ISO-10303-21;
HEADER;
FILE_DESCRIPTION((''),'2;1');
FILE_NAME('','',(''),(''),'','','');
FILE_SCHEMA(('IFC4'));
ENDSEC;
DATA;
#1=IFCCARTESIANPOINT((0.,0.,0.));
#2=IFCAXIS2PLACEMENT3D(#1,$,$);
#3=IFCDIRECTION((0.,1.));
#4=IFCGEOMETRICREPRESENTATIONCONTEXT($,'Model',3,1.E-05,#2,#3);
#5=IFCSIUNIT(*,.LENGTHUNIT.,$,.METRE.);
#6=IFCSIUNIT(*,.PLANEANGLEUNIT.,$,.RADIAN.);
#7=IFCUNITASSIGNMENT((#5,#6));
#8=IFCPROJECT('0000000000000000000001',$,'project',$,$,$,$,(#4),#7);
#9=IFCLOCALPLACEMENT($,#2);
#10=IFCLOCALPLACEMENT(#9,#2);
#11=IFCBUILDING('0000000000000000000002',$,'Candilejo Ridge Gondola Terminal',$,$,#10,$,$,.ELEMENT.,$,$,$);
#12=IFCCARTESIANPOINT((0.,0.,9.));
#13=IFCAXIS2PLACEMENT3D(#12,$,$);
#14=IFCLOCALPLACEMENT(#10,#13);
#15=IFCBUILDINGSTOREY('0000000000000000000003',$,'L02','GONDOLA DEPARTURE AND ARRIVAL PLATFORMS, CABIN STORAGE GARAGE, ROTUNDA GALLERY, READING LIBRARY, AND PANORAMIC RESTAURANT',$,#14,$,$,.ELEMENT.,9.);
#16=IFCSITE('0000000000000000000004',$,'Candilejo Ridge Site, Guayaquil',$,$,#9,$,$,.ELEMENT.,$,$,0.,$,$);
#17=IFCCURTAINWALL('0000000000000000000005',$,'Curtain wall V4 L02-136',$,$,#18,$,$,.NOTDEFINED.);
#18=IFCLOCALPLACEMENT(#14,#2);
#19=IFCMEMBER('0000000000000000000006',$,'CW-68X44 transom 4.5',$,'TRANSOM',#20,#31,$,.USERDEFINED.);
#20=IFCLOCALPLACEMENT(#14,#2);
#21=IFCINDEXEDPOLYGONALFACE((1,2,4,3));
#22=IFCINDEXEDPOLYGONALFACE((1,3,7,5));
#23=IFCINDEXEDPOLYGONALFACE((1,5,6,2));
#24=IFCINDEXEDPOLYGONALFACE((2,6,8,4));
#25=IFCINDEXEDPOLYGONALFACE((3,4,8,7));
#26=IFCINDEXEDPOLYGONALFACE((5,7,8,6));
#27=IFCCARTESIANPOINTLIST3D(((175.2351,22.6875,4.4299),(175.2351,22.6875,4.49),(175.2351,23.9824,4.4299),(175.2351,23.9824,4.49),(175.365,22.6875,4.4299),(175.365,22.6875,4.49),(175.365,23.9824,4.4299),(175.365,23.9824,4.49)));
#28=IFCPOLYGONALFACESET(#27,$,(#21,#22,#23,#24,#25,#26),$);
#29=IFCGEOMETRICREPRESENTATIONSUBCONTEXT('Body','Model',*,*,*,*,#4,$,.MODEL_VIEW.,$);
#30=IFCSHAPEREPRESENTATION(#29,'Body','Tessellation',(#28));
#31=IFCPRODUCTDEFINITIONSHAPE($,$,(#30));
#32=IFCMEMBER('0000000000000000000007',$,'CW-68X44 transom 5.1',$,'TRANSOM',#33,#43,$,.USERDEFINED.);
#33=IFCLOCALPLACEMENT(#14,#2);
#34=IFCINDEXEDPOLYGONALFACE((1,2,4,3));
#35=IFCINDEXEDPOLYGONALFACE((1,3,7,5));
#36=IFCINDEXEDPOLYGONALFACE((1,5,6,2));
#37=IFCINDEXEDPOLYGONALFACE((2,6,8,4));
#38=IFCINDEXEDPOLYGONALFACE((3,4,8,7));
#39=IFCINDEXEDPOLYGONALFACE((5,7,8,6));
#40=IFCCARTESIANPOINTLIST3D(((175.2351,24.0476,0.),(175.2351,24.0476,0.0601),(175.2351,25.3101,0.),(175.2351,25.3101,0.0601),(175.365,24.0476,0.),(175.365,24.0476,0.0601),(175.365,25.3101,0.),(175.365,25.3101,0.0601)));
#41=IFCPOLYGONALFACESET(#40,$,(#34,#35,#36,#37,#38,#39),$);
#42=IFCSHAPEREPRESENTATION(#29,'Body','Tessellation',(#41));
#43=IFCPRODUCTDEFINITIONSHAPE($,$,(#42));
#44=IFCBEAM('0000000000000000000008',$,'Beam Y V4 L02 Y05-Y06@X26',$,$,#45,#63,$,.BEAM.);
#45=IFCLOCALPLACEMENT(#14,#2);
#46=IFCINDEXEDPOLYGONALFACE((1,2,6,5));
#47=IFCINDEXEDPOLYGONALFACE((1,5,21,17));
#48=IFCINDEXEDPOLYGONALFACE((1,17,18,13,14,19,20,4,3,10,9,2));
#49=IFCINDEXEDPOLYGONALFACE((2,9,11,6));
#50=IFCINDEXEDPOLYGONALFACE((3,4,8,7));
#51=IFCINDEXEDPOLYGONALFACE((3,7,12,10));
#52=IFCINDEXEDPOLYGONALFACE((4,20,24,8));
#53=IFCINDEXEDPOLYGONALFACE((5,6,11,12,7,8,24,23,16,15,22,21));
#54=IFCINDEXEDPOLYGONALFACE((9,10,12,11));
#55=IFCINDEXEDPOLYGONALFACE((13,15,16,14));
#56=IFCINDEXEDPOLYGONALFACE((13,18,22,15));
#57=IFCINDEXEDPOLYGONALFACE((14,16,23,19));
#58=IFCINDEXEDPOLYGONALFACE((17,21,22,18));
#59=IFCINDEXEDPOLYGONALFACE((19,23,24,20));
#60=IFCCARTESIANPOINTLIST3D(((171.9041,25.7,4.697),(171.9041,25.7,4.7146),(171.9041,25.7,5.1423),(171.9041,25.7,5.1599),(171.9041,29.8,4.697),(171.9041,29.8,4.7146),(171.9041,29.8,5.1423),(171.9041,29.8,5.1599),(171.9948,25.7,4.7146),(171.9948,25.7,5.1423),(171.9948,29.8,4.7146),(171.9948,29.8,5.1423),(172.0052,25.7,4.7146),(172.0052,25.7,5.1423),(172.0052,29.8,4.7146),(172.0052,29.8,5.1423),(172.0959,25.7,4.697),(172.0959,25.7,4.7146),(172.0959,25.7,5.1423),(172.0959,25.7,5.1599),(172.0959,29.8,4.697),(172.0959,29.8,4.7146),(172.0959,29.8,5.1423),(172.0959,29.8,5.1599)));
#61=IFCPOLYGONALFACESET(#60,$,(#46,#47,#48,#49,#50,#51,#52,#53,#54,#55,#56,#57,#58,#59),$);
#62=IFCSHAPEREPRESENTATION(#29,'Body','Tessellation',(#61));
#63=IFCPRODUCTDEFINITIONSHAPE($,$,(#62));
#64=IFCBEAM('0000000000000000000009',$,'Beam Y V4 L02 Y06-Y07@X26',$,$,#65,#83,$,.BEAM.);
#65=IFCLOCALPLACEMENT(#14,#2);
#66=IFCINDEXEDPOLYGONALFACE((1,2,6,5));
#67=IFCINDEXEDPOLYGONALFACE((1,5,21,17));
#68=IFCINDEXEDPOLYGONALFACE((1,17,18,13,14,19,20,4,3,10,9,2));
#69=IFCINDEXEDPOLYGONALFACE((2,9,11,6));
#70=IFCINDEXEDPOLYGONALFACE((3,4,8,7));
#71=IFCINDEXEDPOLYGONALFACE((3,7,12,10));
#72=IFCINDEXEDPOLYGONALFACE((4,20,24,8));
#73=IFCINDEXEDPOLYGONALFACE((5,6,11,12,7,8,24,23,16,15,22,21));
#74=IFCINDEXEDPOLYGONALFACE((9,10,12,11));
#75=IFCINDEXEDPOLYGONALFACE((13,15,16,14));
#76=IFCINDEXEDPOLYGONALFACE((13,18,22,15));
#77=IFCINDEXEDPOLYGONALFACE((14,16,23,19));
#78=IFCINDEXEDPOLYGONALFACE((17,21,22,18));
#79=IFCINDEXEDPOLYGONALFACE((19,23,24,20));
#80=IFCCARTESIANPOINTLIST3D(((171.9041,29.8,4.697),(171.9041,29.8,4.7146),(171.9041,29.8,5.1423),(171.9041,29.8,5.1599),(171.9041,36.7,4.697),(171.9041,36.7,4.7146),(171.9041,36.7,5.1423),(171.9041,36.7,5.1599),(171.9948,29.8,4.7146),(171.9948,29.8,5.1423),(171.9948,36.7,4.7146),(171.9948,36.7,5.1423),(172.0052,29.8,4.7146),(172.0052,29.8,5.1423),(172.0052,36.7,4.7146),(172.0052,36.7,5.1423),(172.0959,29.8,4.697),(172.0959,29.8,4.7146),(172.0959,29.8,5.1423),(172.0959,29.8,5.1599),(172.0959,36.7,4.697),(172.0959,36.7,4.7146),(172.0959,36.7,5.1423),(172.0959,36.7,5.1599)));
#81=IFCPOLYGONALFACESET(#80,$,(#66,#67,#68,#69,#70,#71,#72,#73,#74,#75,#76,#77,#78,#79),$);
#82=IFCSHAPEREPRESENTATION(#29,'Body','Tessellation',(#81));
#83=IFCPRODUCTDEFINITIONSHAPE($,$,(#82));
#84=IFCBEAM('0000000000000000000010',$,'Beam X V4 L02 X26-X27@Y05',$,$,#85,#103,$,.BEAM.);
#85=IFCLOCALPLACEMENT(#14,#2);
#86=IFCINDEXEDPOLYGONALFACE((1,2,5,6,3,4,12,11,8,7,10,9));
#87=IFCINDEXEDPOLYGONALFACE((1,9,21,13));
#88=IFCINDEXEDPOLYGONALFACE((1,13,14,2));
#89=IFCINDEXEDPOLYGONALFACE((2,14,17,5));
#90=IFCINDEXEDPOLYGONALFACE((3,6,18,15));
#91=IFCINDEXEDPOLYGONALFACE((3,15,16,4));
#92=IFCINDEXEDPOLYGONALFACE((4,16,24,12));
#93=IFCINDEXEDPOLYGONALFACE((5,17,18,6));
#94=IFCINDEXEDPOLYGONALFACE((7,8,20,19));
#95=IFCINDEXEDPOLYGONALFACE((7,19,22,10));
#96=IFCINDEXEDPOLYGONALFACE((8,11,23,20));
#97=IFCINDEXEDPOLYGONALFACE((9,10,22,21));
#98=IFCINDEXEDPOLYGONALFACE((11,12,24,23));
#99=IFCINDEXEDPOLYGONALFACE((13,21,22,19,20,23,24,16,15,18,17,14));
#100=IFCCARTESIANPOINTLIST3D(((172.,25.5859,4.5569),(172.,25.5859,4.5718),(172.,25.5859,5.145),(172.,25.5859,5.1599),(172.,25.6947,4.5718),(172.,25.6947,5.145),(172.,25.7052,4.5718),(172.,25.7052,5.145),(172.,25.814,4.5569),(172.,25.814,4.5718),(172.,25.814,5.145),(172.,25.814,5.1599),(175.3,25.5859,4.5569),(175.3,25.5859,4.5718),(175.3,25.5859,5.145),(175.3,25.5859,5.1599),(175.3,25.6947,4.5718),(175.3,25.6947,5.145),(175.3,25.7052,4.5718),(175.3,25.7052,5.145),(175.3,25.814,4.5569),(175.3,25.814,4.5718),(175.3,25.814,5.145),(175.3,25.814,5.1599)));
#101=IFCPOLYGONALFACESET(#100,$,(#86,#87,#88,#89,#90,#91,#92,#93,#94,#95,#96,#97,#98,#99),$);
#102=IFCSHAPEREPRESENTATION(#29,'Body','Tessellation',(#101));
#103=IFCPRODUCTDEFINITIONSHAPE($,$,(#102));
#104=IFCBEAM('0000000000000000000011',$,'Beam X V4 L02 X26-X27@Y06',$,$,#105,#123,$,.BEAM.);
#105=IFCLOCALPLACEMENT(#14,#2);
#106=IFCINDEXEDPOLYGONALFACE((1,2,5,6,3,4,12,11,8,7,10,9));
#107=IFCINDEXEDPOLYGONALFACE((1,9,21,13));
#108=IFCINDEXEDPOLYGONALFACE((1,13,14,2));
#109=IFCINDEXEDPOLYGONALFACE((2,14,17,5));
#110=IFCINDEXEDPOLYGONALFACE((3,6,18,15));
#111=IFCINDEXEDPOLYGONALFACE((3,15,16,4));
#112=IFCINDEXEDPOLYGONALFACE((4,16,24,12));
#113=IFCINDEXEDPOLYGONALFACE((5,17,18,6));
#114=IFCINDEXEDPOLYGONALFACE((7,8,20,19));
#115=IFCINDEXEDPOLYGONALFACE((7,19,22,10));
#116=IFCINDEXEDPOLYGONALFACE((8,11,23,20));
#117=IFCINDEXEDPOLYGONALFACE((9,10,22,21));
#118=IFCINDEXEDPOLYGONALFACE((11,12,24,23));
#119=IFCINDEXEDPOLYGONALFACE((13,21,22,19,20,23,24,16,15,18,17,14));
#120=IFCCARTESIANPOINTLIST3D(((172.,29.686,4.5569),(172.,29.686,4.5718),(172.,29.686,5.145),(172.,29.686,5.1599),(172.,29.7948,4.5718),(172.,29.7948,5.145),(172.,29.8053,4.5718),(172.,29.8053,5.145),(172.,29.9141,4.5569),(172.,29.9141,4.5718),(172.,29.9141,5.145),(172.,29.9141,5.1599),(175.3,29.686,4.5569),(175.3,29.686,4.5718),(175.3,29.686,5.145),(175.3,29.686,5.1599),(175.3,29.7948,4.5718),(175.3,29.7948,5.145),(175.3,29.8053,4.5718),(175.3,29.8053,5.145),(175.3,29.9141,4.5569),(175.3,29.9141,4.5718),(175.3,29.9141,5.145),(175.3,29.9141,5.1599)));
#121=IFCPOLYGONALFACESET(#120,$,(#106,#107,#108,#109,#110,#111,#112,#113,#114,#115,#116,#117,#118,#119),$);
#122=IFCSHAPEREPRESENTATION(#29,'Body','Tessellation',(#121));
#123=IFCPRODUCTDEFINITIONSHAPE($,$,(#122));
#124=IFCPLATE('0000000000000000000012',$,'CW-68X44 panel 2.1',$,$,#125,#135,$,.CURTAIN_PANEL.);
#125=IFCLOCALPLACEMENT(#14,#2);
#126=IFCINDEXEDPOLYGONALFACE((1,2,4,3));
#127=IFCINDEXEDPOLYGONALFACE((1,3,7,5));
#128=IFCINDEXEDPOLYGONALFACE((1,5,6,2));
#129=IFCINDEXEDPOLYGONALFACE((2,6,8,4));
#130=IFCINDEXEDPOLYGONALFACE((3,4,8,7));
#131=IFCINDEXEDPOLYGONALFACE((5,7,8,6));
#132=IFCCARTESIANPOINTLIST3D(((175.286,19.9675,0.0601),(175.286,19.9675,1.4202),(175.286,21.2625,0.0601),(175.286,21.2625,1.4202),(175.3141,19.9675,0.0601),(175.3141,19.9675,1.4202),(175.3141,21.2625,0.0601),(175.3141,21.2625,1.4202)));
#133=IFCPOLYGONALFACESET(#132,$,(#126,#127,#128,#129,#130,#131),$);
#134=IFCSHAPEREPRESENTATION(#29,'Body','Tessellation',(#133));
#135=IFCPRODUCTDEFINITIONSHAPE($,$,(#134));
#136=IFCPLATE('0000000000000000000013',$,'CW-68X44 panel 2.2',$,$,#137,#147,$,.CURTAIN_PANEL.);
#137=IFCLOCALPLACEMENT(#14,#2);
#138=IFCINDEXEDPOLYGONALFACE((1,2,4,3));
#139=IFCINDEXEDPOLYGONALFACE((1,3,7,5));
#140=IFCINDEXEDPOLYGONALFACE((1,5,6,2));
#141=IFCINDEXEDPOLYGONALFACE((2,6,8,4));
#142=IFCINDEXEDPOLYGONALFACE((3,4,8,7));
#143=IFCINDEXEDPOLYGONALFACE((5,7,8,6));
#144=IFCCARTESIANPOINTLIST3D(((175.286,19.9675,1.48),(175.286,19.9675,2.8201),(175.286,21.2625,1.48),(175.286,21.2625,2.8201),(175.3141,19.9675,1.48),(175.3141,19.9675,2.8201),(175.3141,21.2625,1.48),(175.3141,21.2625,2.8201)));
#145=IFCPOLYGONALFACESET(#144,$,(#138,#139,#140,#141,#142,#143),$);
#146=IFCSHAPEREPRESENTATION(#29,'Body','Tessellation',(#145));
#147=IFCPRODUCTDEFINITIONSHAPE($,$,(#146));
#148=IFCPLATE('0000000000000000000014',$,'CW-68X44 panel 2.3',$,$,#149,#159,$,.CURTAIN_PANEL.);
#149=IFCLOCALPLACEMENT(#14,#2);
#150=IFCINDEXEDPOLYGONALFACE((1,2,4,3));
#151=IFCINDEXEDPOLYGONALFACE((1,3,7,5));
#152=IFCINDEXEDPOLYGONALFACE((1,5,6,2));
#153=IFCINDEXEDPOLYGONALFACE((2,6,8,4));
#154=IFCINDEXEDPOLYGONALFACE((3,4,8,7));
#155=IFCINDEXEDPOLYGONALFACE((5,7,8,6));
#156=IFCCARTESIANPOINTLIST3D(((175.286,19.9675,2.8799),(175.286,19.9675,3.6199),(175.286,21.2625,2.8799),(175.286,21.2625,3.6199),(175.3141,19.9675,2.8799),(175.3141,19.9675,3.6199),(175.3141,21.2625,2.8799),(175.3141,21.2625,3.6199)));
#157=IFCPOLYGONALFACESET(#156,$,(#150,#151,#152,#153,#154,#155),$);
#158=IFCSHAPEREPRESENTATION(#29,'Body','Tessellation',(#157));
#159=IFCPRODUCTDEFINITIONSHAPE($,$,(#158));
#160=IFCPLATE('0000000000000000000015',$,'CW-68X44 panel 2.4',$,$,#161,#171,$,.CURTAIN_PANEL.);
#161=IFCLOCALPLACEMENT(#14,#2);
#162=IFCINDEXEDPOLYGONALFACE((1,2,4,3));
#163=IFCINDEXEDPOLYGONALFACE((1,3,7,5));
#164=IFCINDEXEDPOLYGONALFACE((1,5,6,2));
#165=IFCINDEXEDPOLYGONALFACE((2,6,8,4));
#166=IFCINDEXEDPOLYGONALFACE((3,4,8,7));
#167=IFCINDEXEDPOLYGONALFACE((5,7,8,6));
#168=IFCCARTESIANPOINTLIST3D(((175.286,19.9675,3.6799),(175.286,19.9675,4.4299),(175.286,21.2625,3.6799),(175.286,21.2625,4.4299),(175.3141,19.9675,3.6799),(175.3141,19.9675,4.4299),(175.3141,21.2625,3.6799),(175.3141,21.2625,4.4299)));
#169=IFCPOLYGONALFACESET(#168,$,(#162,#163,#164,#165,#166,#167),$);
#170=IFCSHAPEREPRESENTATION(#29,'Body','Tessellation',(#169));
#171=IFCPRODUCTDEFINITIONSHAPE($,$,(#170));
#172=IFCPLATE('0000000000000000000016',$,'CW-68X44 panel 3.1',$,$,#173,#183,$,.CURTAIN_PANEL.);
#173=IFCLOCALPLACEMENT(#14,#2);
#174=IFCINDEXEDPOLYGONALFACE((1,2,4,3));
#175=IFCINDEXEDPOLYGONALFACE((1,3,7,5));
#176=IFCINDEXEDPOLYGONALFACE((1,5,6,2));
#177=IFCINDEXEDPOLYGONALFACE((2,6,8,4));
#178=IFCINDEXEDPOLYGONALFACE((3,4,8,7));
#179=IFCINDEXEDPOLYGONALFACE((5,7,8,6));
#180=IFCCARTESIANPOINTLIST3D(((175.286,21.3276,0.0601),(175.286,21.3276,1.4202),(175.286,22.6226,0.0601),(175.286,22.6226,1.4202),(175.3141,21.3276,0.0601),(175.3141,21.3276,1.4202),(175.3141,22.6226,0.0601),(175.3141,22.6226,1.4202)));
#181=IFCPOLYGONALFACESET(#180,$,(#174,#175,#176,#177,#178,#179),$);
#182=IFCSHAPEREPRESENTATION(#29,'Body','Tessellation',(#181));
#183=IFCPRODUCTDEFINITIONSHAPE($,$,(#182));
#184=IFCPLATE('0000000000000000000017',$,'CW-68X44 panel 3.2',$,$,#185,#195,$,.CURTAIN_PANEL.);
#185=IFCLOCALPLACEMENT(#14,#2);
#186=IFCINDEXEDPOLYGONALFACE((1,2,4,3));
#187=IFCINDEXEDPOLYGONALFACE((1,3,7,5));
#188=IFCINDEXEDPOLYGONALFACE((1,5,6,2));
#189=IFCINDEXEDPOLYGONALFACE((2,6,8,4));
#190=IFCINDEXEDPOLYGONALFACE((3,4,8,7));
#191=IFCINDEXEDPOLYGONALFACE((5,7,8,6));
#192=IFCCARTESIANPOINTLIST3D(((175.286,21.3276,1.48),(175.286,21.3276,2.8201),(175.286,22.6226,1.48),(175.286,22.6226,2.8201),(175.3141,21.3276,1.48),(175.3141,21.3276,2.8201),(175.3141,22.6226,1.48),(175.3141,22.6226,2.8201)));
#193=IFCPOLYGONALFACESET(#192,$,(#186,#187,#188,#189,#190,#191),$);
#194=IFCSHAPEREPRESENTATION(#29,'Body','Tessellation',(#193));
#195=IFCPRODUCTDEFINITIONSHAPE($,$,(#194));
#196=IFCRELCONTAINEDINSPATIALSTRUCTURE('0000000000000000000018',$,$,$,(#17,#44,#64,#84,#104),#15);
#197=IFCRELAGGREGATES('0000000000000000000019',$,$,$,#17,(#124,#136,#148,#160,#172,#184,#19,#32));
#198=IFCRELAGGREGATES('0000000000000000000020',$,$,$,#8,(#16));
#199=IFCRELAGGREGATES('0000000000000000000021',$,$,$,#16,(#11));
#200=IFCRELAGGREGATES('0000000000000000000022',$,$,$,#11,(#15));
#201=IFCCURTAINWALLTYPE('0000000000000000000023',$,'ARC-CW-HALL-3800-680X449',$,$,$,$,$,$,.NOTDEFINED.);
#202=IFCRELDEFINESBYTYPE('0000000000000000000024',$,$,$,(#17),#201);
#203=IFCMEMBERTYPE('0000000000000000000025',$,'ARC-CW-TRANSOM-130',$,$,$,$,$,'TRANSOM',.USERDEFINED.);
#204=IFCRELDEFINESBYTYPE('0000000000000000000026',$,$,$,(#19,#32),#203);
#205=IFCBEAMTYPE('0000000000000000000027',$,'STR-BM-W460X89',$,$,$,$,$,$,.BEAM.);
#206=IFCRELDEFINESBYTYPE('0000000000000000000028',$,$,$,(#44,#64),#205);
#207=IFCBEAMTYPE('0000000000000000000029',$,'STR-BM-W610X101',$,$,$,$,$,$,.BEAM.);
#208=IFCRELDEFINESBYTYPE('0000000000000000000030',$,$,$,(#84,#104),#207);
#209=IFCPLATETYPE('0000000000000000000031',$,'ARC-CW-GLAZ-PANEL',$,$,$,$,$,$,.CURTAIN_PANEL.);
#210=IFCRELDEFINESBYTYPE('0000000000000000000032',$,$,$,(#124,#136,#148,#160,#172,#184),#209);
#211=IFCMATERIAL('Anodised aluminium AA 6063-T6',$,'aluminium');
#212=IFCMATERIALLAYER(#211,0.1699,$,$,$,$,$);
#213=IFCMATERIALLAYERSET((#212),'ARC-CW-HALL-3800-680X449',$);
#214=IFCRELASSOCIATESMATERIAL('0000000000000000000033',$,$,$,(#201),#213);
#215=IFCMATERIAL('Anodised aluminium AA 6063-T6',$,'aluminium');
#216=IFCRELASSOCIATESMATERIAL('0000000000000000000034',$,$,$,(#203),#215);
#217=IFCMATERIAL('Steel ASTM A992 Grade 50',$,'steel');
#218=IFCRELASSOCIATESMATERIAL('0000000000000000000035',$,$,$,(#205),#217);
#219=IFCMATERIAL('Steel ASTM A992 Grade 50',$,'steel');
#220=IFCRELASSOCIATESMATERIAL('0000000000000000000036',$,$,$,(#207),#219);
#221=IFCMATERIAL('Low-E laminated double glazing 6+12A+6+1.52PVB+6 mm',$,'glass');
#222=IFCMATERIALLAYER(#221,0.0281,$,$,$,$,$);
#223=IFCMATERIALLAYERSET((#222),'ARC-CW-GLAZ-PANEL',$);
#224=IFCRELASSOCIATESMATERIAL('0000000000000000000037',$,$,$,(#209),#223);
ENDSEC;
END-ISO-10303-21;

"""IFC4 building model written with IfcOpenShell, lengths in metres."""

from ifc_helpers import new_model, si_unit, direction, frame, origin, origin_2d, place, context, subcontext, project, spatial, rectangle, i_section, extrude, material, layer, layer_set, material_profile, profile_set, type_object, element, aggregate, save


model = new_model("IFC4")

# Units and contexts
model_context = context("Model", 3, precision=1e-05, world=origin(), true_north=direction((0.0, 1.0)))
body_context = subcontext(model_context, "Body", "Model", "MODEL_VIEW")
ifc_project = project(units=[si_unit("LENGTHUNIT", "METRE"), si_unit("PLANEANGLEUNIT", "RADIAN")], contexts=[model_context])

# Site, building, storey
site_placement = place(None, origin())
site = spatial("IfcSite", under=ifc_project, at=site_placement, Name="Candilejo Ridge Site, Guayaquil", CompositionType="ELEMENT", RefElevation=0.0)
building_placement = place(site_placement, origin())
building = spatial("IfcBuilding", under=site, at=building_placement, Name="Candilejo Ridge Gondola Terminal", CompositionType="ELEMENT")
storey_placement = place(building_placement, frame((0.0, 0.0, 9.0)))
storey = spatial("IfcBuildingStorey", under=building, at=storey_placement, Name="L02", Description="GONDOLA DEPARTURE AND ARRIVAL PLATFORMS, CABIN STORAGE GARAGE, ROTUNDA GALLERY, READING LIBRARY, AND PANORAMIC RESTAURANT", CompositionType="ELEMENT", Elevation=9.0)

# Curtain wall, members
ifc_material_1 = material(Name="Anodised aluminium AA 6063-T6", Category="aluminium")
ifc_layer_1 = layer(ifc_material_1, 0.1699)
ifc_layer_set_1 = layer_set([ifc_layer_1], Name="ARC-CW-HALL-3800-680X449")
curtain_wall_type = type_object("IfcCurtainWallType", Name="ARC-CW-HALL-3800-680X449", PredefinedType="NOTDEFINED", material=ifc_layer_set_1)
curtain_wall_placement = place(storey_placement, origin())
curtain_wall = element("IfcCurtainWall", 1, at=curtain_wall_placement, inside=storey, type_object=curtain_wall_type, Name="Curtain wall V4 L02-136", PredefinedType="NOTDEFINED")
ifc_material_2 = material(Name="Anodised aluminium AA 6063-T6", Category="aluminium")
ifc_material_profile_1 = material_profile(ifc_material_2, rectangle(XDim=0.1299, YDim=0.0601, at=origin_2d()))
ifc_profile_set_1 = profile_set([ifc_material_profile_1], Name="Anodised aluminium AA 6063-T6")
member_type_1 = type_object("IfcMemberType", Name="ARC-CW-TRANSOM-130", ElementType="TRANSOM", PredefinedType="USERDEFINED", material=ifc_profile_set_1)
member_1_placement = place(storey_placement, frame((175.3, 22.6875, 4.46), z_axis=(0.0, 1.0, 0.0), x_axis=(-1.0, 0.0, 0.0)))
member_1 = element("IfcMember", 2, at=member_1_placement, type_object=member_type_1, Name="CW-68X44 transom 4.5", ObjectType="TRANSOM", PredefinedType="USERDEFINED", context=body_context, shape_type="SweptSolid", body=[
    extrude(rectangle(XDim=0.1299, YDim=0.0601, at=origin_2d()), origin(), (0.0, 0.0, 1.0), 1.2949),
])
member_2_placement = place(storey_placement, frame((175.3, 24.0476, 0.03), z_axis=(0.0, 1.0, 0.0), x_axis=(-1.0, 0.0, 0.0)))
member_2 = element("IfcMember", 3, at=member_2_placement, type_object=member_type_1, Name="CW-68X44 transom 5.1", ObjectType="TRANSOM", PredefinedType="USERDEFINED", context=body_context, shape_type="SweptSolid", body=[
    extrude(rectangle(XDim=0.1299, YDim=0.0601, at=origin_2d()), origin(), (0.0, 0.0, 1.0), 1.2625),
])

# Beams
ifc_material_3 = material(Name="Steel ASTM A992 Grade 50", Category="steel")
ifc_material_profile_2 = material_profile(ifc_material_3, i_section(OverallWidth=0.1919, OverallDepth=0.4629, WebThickness=0.0105, FlangeThickness=0.0176, at=origin_2d()))
ifc_profile_set_2 = profile_set([ifc_material_profile_2], Name="Steel ASTM A992 Grade 50")
beam_type_1 = type_object("IfcBeamType", Name="STR-BM-W460X89", PredefinedType="BEAM", material=ifc_profile_set_2)
beam_1_placement = place(storey_placement, frame((172.0, 25.7, 4.9285), z_axis=(0.0, 1.0, 0.0), x_axis=(-1.0, 0.0, 0.0)))
element("IfcBeam", 4, at=beam_1_placement, inside=storey, type_object=beam_type_1, Name="Beam Y V4 L02 Y05-Y06@X26", PredefinedType="BEAM", context=body_context, shape_type="SweptSolid", body=[
    extrude(i_section(OverallWidth=0.1919, OverallDepth=0.4629, WebThickness=0.0105, FlangeThickness=0.0176, at=origin_2d()), origin(), (0.0, 0.0, 1.0), 4.1001),
])
beam_2_placement = place(storey_placement, frame((172.0, 29.8, 4.9285), z_axis=(0.0, 1.0, 0.0), x_axis=(-1.0, 0.0, 0.0)))
element("IfcBeam", 5, at=beam_2_placement, inside=storey, type_object=beam_type_1, Name="Beam Y V4 L02 Y06-Y07@X26", PredefinedType="BEAM", context=body_context, shape_type="SweptSolid", body=[
    extrude(i_section(OverallWidth=0.1919, OverallDepth=0.4629, WebThickness=0.0105, FlangeThickness=0.0176, at=origin_2d()), origin(), (0.0, 0.0, 1.0), 6.8999),
])
ifc_material_4 = material(Name="Steel ASTM A992 Grade 50", Category="steel")
ifc_material_profile_3 = material_profile(ifc_material_4, i_section(OverallWidth=0.228, OverallDepth=0.603, WebThickness=0.0105, FlangeThickness=0.0149, at=origin_2d()))
ifc_profile_set_3 = profile_set([ifc_material_profile_3], Name="Steel ASTM A992 Grade 50")
beam_type_2 = type_object("IfcBeamType", Name="STR-BM-W610X101", PredefinedType="BEAM", material=ifc_profile_set_3)
for number, where, z_axis, x_axis, name in (
    (6, (172.0, 25.7, 4.8584), (1.0, 0.0, 0.0), (0.0, 1.0, 0.0), "Beam X V4 L02 X26-X27@Y05"),
    (7, (172.0, 29.8, 4.8584), (1.0, 0.0, 0.0), (0.0, 1.0, 0.0), "Beam X V4 L02 X26-X27@Y06"),
):
    element("IfcBeam", number, at=place(storey_placement, frame(where, z_axis=z_axis, x_axis=x_axis)), inside=storey, type_object=beam_type_2, Name=name, PredefinedType="BEAM", context=body_context, shape_type="SweptSolid", body=[
        extrude(i_section(OverallWidth=0.228, OverallDepth=0.603, WebThickness=0.0105, FlangeThickness=0.0149, at=origin_2d()), origin(), (0.0, 0.0, 1.0), 3.3),
    ])

# Plates
ifc_material_5 = material(Name="Low-E laminated double glazing 6+12A+6+1.52PVB+6 mm", Category="glass")
ifc_layer_2 = layer(ifc_material_5, 0.0281)
ifc_layer_set_2 = layer_set([ifc_layer_2], Name="ARC-CW-GLAZ-PANEL")
plate_type = type_object("IfcPlateType", Name="ARC-CW-GLAZ-PANEL", PredefinedType="CURTAIN_PANEL", material=ifc_layer_set_2)
plate_1_placement = place(storey_placement, frame((175.3, 20.615, 0.0601), z_axis=(0.0, 0.0, 1.0), x_axis=(0.0, 1.0, 0.0)))
plate_1 = element("IfcPlate", 8, at=plate_1_placement, type_object=plate_type, Name="CW-68X44 panel 2.1", PredefinedType="CURTAIN_PANEL", context=body_context, shape_type="SweptSolid", body=[
    extrude(rectangle(XDim=1.2949, YDim=0.0281, at=origin_2d()), origin(), (0.0, 0.0, 1.0), 1.3601),
])
plate_2_placement = place(storey_placement, frame((175.3, 20.615, 1.48), z_axis=(0.0, 0.0, 1.0), x_axis=(0.0, 1.0, 0.0)))
plate_2 = element("IfcPlate", 9, at=plate_2_placement, type_object=plate_type, Name="CW-68X44 panel 2.2", PredefinedType="CURTAIN_PANEL", context=body_context, shape_type="SweptSolid", body=[
    extrude(rectangle(XDim=1.2949, YDim=0.0281, at=origin_2d()), origin(), (0.0, 0.0, 1.0), 1.3401),
])
plate_3_placement = place(storey_placement, frame((175.3, 20.615, 2.8799), z_axis=(0.0, 0.0, 1.0), x_axis=(0.0, 1.0, 0.0)))
plate_3 = element("IfcPlate", 10, at=plate_3_placement, type_object=plate_type, Name="CW-68X44 panel 2.3", PredefinedType="CURTAIN_PANEL", context=body_context, shape_type="SweptSolid", body=[
    extrude(rectangle(XDim=1.2949, YDim=0.0281, at=origin_2d()), origin(), (0.0, 0.0, 1.0), 0.74),
])
plate_4_placement = place(storey_placement, frame((175.3, 20.615, 3.6799), z_axis=(0.0, 0.0, 1.0), x_axis=(0.0, 1.0, 0.0)))
plate_4 = element("IfcPlate", 11, at=plate_4_placement, type_object=plate_type, Name="CW-68X44 panel 2.4", PredefinedType="CURTAIN_PANEL", context=body_context, shape_type="SweptSolid", body=[
    extrude(rectangle(XDim=1.2949, YDim=0.0281, at=origin_2d()), origin(), (0.0, 0.0, 1.0), 0.75),
])
plate_5_placement = place(storey_placement, frame((175.3, 21.9751, 0.0601), z_axis=(0.0, 0.0, 1.0), x_axis=(0.0, 1.0, 0.0)))
plate_5 = element("IfcPlate", 12, at=plate_5_placement, type_object=plate_type, Name="CW-68X44 panel 3.1", PredefinedType="CURTAIN_PANEL", context=body_context, shape_type="SweptSolid", body=[
    extrude(rectangle(XDim=1.2949, YDim=0.0281, at=origin_2d()), origin(), (0.0, 0.0, 1.0), 1.3601),
])
plate_6_placement = place(storey_placement, frame((175.3, 21.9751, 1.48), z_axis=(0.0, 0.0, 1.0), x_axis=(0.0, 1.0, 0.0)))
plate_6 = element("IfcPlate", 13, at=plate_6_placement, type_object=plate_type, Name="CW-68X44 panel 3.2", PredefinedType="CURTAIN_PANEL", context=body_context, shape_type="SweptSolid", body=[
    extrude(rectangle(XDim=1.2949, YDim=0.0281, at=origin_2d()), origin(), (0.0, 0.0, 1.0), 1.3401),
])
aggregate(curtain_wall, [plate_1, plate_2, plate_3, plate_4, plate_5, plate_6, member_1, member_2])

save(model, "model.ifc")
